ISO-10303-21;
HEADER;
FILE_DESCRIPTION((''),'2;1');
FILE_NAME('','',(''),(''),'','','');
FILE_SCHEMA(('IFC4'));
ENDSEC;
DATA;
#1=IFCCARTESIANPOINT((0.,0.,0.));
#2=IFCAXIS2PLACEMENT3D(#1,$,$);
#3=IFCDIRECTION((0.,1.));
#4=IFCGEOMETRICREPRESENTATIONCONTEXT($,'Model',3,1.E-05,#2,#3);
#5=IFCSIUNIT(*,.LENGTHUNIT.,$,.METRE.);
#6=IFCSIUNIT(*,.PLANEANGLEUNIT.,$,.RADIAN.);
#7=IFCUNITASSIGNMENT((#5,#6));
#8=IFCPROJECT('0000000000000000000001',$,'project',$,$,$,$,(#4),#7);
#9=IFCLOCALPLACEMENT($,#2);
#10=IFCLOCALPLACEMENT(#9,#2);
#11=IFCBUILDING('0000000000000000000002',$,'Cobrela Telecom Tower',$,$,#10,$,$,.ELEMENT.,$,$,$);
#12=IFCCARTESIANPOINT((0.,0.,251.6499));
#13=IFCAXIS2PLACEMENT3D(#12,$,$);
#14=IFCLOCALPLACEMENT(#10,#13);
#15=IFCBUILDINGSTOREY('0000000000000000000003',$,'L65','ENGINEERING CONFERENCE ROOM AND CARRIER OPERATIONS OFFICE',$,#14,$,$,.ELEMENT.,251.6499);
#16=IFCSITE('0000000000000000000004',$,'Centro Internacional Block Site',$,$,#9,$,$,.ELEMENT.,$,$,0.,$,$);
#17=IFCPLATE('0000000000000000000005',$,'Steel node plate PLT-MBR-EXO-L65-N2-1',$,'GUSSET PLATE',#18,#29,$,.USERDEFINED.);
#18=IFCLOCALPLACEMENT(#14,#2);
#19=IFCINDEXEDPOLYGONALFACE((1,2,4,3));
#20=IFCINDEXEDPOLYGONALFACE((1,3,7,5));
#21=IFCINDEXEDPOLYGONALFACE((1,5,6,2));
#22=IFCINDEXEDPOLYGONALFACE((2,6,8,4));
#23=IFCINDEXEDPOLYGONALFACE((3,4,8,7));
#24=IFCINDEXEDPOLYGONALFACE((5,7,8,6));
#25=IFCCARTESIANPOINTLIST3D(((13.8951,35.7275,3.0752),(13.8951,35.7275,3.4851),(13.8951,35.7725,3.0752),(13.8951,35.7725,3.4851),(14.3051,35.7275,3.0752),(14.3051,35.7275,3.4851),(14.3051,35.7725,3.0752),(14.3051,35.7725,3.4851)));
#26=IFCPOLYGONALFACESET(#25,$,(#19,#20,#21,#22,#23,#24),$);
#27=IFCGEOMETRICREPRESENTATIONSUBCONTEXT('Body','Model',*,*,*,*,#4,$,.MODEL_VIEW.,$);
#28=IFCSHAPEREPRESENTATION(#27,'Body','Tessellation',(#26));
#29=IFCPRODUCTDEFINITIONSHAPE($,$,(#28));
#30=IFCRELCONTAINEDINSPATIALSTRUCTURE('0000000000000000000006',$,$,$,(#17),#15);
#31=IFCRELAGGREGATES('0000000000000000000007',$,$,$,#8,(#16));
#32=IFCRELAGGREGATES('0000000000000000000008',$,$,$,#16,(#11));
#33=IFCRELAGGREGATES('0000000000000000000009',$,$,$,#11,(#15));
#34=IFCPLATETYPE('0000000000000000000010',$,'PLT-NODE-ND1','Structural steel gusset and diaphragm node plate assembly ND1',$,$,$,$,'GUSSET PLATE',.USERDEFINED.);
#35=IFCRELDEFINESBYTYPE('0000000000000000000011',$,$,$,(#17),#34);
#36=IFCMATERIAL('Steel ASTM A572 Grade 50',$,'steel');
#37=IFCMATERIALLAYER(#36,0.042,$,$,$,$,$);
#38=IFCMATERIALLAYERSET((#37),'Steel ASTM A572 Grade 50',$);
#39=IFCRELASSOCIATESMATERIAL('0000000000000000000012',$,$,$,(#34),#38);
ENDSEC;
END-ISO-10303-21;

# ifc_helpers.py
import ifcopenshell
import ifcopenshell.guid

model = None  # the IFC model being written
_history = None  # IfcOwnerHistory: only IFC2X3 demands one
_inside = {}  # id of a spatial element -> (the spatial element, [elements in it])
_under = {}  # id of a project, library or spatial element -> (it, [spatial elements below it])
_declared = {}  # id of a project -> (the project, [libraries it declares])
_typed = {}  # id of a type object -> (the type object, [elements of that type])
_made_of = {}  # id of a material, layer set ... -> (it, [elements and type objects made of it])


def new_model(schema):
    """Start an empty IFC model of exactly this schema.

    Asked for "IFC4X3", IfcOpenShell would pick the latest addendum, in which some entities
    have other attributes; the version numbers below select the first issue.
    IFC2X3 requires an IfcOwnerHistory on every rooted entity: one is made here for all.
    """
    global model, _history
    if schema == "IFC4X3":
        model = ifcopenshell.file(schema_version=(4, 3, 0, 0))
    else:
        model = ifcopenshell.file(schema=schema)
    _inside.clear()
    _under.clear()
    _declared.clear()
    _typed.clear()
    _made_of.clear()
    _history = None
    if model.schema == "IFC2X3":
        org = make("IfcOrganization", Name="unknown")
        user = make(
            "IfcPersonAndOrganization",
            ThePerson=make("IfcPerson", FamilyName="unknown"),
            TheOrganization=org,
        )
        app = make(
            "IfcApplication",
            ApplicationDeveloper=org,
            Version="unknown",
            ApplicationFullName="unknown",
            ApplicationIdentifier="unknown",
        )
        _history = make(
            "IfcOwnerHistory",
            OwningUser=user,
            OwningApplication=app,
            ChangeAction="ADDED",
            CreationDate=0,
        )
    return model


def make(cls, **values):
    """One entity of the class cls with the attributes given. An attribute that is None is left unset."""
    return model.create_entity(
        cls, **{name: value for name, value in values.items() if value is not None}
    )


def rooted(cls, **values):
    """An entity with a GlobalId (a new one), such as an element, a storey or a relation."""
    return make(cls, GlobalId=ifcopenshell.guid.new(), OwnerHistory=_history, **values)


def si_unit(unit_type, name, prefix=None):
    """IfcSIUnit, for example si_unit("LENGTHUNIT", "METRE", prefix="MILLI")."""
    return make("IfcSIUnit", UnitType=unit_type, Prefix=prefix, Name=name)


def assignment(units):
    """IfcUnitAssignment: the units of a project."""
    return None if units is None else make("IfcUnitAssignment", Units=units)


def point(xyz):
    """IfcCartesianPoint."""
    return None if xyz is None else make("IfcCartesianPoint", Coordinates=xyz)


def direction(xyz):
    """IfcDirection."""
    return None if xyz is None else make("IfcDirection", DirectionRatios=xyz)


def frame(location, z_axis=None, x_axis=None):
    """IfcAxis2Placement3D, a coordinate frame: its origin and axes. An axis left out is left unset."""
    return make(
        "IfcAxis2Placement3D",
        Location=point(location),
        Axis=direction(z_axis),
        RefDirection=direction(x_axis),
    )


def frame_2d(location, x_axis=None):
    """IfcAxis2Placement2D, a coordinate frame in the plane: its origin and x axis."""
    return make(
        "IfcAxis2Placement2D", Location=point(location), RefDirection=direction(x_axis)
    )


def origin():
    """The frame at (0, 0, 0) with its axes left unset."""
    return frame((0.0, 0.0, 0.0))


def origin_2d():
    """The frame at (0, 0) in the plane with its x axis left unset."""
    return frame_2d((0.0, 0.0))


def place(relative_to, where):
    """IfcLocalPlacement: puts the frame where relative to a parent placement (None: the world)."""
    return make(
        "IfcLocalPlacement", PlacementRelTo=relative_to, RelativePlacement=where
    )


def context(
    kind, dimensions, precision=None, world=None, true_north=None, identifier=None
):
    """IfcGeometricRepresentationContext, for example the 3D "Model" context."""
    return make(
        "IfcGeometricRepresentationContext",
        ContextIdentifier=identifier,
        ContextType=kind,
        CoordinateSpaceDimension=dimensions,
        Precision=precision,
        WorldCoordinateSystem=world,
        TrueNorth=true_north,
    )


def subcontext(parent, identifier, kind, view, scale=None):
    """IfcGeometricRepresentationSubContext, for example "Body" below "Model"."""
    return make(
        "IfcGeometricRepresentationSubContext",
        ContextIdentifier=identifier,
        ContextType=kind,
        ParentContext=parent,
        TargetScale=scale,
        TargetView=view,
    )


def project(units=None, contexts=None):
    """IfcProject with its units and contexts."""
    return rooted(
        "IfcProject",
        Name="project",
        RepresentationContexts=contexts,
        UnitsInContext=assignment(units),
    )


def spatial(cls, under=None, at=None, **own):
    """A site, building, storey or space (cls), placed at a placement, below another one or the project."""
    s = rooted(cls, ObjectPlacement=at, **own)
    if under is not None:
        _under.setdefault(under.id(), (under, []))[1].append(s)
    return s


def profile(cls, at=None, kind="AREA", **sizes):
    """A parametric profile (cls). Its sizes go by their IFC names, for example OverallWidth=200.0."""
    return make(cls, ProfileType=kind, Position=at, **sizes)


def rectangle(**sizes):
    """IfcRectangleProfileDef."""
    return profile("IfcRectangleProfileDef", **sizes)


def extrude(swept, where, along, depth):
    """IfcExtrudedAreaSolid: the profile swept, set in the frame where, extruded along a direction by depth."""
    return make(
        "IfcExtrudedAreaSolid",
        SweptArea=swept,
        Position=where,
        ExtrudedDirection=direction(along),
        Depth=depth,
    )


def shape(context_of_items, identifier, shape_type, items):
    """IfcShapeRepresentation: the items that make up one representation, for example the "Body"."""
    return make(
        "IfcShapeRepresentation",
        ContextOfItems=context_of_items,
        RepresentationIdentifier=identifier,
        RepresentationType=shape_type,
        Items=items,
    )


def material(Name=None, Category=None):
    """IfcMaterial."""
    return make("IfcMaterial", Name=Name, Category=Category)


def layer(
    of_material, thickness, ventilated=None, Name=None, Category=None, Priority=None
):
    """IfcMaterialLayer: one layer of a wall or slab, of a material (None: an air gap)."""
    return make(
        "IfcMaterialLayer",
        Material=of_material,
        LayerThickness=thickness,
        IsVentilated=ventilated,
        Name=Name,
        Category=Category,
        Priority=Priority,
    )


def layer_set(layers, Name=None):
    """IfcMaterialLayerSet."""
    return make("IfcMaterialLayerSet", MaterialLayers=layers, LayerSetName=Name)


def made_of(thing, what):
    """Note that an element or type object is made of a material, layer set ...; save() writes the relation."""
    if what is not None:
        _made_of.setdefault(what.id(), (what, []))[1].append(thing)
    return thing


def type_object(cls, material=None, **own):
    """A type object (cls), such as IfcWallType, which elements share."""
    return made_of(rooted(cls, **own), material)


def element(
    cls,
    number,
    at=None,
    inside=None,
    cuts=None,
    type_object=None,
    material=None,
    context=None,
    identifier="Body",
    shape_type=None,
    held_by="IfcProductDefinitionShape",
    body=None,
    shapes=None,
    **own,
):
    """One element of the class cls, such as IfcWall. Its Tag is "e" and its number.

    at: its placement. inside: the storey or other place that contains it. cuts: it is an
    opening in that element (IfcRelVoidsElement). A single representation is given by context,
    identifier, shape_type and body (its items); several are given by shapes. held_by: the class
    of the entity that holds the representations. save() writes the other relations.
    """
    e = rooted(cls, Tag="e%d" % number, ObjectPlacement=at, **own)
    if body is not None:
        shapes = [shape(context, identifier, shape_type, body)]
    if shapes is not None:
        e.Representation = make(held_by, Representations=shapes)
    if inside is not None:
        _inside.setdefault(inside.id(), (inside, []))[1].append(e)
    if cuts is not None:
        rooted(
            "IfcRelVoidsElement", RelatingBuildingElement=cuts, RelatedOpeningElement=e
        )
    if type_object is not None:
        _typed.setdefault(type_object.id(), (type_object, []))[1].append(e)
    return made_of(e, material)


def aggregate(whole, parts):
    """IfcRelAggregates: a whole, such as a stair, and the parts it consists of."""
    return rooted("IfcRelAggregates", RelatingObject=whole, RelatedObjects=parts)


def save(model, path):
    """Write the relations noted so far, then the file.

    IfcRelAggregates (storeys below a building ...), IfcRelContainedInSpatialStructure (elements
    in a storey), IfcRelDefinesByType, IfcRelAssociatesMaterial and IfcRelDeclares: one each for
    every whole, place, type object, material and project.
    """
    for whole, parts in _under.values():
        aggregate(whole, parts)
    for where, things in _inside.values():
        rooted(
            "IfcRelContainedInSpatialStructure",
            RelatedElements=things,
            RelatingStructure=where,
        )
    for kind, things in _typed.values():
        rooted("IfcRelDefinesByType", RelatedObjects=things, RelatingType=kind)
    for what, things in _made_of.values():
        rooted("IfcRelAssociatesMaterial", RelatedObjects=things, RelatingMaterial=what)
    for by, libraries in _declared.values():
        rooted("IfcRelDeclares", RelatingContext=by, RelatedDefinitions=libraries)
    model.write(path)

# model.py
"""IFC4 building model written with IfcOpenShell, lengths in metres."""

from ifc_helpers import new_model, si_unit, direction, frame, origin, origin_2d, place, context, subcontext, project, spatial, rectangle, extrude, material, layer, layer_set, type_object, element, save


model = new_model("IFC4")

# Units and contexts
model_context = context("Model", 3, precision=1e-05, world=origin(), true_north=direction((0.0, 1.0)))
body_context = subcontext(model_context, "Body", "Model", "MODEL_VIEW")
ifc_project = project(units=[si_unit("LENGTHUNIT", "METRE"), si_unit("PLANEANGLEUNIT", "RADIAN")], contexts=[model_context])

# Site, building, storey
site_placement = place(None, origin())
site = spatial("IfcSite", under=ifc_project, at=site_placement, Name="Centro Internacional Block Site", CompositionType="ELEMENT", RefElevation=0.0)
building_placement = place(site_placement, origin())
building = spatial("IfcBuilding", under=site, at=building_placement, Name="Cobrela Telecom Tower", CompositionType="ELEMENT")
storey_placement = place(building_placement, frame((0.0, 0.0, 251.6499)))
storey = spatial("IfcBuildingStorey", under=building, at=storey_placement, Name="L65", Description="ENGINEERING CONFERENCE ROOM AND CARRIER OPERATIONS OFFICE", CompositionType="ELEMENT", Elevation=251.6499)

# Shared definitions
ifc_material_1 = material(Name="Steel ASTM A572 Grade 50", Category="steel")

# Plate
ifc_layer_1 = layer(ifc_material_1, 0.042)
ifc_layer_set_1 = layer_set([ifc_layer_1], Name="Steel ASTM A572 Grade 50")
plate_type_1 = type_object("IfcPlateType", Name="PLT-NODE-ND1", Description="Structural steel gusset and diaphragm node plate assembly ND1", ElementType="GUSSET PLATE", PredefinedType="USERDEFINED", material=ifc_layer_set_1)
plate_1_placement = place(storey_placement, frame((14.1001, 35.75, 3.0752), z_axis=(0.0, 0.0, 1.0), x_axis=(1.0, 0.0, 0.0)))
element("IfcPlate", 1, at=plate_1_placement, inside=storey, type_object=plate_type_1, Name="Steel node plate PLT-MBR-EXO-L65-N2-1", ObjectType="GUSSET PLATE", PredefinedType="USERDEFINED", context=body_context, shape_type="SweptSolid", body=[
    extrude(rectangle(XDim=0.4099, YDim=0.0449, at=origin_2d()), origin(), (0.0, 0.0, 1.0), 0.4099),
])

save(model, "model.ifc")
